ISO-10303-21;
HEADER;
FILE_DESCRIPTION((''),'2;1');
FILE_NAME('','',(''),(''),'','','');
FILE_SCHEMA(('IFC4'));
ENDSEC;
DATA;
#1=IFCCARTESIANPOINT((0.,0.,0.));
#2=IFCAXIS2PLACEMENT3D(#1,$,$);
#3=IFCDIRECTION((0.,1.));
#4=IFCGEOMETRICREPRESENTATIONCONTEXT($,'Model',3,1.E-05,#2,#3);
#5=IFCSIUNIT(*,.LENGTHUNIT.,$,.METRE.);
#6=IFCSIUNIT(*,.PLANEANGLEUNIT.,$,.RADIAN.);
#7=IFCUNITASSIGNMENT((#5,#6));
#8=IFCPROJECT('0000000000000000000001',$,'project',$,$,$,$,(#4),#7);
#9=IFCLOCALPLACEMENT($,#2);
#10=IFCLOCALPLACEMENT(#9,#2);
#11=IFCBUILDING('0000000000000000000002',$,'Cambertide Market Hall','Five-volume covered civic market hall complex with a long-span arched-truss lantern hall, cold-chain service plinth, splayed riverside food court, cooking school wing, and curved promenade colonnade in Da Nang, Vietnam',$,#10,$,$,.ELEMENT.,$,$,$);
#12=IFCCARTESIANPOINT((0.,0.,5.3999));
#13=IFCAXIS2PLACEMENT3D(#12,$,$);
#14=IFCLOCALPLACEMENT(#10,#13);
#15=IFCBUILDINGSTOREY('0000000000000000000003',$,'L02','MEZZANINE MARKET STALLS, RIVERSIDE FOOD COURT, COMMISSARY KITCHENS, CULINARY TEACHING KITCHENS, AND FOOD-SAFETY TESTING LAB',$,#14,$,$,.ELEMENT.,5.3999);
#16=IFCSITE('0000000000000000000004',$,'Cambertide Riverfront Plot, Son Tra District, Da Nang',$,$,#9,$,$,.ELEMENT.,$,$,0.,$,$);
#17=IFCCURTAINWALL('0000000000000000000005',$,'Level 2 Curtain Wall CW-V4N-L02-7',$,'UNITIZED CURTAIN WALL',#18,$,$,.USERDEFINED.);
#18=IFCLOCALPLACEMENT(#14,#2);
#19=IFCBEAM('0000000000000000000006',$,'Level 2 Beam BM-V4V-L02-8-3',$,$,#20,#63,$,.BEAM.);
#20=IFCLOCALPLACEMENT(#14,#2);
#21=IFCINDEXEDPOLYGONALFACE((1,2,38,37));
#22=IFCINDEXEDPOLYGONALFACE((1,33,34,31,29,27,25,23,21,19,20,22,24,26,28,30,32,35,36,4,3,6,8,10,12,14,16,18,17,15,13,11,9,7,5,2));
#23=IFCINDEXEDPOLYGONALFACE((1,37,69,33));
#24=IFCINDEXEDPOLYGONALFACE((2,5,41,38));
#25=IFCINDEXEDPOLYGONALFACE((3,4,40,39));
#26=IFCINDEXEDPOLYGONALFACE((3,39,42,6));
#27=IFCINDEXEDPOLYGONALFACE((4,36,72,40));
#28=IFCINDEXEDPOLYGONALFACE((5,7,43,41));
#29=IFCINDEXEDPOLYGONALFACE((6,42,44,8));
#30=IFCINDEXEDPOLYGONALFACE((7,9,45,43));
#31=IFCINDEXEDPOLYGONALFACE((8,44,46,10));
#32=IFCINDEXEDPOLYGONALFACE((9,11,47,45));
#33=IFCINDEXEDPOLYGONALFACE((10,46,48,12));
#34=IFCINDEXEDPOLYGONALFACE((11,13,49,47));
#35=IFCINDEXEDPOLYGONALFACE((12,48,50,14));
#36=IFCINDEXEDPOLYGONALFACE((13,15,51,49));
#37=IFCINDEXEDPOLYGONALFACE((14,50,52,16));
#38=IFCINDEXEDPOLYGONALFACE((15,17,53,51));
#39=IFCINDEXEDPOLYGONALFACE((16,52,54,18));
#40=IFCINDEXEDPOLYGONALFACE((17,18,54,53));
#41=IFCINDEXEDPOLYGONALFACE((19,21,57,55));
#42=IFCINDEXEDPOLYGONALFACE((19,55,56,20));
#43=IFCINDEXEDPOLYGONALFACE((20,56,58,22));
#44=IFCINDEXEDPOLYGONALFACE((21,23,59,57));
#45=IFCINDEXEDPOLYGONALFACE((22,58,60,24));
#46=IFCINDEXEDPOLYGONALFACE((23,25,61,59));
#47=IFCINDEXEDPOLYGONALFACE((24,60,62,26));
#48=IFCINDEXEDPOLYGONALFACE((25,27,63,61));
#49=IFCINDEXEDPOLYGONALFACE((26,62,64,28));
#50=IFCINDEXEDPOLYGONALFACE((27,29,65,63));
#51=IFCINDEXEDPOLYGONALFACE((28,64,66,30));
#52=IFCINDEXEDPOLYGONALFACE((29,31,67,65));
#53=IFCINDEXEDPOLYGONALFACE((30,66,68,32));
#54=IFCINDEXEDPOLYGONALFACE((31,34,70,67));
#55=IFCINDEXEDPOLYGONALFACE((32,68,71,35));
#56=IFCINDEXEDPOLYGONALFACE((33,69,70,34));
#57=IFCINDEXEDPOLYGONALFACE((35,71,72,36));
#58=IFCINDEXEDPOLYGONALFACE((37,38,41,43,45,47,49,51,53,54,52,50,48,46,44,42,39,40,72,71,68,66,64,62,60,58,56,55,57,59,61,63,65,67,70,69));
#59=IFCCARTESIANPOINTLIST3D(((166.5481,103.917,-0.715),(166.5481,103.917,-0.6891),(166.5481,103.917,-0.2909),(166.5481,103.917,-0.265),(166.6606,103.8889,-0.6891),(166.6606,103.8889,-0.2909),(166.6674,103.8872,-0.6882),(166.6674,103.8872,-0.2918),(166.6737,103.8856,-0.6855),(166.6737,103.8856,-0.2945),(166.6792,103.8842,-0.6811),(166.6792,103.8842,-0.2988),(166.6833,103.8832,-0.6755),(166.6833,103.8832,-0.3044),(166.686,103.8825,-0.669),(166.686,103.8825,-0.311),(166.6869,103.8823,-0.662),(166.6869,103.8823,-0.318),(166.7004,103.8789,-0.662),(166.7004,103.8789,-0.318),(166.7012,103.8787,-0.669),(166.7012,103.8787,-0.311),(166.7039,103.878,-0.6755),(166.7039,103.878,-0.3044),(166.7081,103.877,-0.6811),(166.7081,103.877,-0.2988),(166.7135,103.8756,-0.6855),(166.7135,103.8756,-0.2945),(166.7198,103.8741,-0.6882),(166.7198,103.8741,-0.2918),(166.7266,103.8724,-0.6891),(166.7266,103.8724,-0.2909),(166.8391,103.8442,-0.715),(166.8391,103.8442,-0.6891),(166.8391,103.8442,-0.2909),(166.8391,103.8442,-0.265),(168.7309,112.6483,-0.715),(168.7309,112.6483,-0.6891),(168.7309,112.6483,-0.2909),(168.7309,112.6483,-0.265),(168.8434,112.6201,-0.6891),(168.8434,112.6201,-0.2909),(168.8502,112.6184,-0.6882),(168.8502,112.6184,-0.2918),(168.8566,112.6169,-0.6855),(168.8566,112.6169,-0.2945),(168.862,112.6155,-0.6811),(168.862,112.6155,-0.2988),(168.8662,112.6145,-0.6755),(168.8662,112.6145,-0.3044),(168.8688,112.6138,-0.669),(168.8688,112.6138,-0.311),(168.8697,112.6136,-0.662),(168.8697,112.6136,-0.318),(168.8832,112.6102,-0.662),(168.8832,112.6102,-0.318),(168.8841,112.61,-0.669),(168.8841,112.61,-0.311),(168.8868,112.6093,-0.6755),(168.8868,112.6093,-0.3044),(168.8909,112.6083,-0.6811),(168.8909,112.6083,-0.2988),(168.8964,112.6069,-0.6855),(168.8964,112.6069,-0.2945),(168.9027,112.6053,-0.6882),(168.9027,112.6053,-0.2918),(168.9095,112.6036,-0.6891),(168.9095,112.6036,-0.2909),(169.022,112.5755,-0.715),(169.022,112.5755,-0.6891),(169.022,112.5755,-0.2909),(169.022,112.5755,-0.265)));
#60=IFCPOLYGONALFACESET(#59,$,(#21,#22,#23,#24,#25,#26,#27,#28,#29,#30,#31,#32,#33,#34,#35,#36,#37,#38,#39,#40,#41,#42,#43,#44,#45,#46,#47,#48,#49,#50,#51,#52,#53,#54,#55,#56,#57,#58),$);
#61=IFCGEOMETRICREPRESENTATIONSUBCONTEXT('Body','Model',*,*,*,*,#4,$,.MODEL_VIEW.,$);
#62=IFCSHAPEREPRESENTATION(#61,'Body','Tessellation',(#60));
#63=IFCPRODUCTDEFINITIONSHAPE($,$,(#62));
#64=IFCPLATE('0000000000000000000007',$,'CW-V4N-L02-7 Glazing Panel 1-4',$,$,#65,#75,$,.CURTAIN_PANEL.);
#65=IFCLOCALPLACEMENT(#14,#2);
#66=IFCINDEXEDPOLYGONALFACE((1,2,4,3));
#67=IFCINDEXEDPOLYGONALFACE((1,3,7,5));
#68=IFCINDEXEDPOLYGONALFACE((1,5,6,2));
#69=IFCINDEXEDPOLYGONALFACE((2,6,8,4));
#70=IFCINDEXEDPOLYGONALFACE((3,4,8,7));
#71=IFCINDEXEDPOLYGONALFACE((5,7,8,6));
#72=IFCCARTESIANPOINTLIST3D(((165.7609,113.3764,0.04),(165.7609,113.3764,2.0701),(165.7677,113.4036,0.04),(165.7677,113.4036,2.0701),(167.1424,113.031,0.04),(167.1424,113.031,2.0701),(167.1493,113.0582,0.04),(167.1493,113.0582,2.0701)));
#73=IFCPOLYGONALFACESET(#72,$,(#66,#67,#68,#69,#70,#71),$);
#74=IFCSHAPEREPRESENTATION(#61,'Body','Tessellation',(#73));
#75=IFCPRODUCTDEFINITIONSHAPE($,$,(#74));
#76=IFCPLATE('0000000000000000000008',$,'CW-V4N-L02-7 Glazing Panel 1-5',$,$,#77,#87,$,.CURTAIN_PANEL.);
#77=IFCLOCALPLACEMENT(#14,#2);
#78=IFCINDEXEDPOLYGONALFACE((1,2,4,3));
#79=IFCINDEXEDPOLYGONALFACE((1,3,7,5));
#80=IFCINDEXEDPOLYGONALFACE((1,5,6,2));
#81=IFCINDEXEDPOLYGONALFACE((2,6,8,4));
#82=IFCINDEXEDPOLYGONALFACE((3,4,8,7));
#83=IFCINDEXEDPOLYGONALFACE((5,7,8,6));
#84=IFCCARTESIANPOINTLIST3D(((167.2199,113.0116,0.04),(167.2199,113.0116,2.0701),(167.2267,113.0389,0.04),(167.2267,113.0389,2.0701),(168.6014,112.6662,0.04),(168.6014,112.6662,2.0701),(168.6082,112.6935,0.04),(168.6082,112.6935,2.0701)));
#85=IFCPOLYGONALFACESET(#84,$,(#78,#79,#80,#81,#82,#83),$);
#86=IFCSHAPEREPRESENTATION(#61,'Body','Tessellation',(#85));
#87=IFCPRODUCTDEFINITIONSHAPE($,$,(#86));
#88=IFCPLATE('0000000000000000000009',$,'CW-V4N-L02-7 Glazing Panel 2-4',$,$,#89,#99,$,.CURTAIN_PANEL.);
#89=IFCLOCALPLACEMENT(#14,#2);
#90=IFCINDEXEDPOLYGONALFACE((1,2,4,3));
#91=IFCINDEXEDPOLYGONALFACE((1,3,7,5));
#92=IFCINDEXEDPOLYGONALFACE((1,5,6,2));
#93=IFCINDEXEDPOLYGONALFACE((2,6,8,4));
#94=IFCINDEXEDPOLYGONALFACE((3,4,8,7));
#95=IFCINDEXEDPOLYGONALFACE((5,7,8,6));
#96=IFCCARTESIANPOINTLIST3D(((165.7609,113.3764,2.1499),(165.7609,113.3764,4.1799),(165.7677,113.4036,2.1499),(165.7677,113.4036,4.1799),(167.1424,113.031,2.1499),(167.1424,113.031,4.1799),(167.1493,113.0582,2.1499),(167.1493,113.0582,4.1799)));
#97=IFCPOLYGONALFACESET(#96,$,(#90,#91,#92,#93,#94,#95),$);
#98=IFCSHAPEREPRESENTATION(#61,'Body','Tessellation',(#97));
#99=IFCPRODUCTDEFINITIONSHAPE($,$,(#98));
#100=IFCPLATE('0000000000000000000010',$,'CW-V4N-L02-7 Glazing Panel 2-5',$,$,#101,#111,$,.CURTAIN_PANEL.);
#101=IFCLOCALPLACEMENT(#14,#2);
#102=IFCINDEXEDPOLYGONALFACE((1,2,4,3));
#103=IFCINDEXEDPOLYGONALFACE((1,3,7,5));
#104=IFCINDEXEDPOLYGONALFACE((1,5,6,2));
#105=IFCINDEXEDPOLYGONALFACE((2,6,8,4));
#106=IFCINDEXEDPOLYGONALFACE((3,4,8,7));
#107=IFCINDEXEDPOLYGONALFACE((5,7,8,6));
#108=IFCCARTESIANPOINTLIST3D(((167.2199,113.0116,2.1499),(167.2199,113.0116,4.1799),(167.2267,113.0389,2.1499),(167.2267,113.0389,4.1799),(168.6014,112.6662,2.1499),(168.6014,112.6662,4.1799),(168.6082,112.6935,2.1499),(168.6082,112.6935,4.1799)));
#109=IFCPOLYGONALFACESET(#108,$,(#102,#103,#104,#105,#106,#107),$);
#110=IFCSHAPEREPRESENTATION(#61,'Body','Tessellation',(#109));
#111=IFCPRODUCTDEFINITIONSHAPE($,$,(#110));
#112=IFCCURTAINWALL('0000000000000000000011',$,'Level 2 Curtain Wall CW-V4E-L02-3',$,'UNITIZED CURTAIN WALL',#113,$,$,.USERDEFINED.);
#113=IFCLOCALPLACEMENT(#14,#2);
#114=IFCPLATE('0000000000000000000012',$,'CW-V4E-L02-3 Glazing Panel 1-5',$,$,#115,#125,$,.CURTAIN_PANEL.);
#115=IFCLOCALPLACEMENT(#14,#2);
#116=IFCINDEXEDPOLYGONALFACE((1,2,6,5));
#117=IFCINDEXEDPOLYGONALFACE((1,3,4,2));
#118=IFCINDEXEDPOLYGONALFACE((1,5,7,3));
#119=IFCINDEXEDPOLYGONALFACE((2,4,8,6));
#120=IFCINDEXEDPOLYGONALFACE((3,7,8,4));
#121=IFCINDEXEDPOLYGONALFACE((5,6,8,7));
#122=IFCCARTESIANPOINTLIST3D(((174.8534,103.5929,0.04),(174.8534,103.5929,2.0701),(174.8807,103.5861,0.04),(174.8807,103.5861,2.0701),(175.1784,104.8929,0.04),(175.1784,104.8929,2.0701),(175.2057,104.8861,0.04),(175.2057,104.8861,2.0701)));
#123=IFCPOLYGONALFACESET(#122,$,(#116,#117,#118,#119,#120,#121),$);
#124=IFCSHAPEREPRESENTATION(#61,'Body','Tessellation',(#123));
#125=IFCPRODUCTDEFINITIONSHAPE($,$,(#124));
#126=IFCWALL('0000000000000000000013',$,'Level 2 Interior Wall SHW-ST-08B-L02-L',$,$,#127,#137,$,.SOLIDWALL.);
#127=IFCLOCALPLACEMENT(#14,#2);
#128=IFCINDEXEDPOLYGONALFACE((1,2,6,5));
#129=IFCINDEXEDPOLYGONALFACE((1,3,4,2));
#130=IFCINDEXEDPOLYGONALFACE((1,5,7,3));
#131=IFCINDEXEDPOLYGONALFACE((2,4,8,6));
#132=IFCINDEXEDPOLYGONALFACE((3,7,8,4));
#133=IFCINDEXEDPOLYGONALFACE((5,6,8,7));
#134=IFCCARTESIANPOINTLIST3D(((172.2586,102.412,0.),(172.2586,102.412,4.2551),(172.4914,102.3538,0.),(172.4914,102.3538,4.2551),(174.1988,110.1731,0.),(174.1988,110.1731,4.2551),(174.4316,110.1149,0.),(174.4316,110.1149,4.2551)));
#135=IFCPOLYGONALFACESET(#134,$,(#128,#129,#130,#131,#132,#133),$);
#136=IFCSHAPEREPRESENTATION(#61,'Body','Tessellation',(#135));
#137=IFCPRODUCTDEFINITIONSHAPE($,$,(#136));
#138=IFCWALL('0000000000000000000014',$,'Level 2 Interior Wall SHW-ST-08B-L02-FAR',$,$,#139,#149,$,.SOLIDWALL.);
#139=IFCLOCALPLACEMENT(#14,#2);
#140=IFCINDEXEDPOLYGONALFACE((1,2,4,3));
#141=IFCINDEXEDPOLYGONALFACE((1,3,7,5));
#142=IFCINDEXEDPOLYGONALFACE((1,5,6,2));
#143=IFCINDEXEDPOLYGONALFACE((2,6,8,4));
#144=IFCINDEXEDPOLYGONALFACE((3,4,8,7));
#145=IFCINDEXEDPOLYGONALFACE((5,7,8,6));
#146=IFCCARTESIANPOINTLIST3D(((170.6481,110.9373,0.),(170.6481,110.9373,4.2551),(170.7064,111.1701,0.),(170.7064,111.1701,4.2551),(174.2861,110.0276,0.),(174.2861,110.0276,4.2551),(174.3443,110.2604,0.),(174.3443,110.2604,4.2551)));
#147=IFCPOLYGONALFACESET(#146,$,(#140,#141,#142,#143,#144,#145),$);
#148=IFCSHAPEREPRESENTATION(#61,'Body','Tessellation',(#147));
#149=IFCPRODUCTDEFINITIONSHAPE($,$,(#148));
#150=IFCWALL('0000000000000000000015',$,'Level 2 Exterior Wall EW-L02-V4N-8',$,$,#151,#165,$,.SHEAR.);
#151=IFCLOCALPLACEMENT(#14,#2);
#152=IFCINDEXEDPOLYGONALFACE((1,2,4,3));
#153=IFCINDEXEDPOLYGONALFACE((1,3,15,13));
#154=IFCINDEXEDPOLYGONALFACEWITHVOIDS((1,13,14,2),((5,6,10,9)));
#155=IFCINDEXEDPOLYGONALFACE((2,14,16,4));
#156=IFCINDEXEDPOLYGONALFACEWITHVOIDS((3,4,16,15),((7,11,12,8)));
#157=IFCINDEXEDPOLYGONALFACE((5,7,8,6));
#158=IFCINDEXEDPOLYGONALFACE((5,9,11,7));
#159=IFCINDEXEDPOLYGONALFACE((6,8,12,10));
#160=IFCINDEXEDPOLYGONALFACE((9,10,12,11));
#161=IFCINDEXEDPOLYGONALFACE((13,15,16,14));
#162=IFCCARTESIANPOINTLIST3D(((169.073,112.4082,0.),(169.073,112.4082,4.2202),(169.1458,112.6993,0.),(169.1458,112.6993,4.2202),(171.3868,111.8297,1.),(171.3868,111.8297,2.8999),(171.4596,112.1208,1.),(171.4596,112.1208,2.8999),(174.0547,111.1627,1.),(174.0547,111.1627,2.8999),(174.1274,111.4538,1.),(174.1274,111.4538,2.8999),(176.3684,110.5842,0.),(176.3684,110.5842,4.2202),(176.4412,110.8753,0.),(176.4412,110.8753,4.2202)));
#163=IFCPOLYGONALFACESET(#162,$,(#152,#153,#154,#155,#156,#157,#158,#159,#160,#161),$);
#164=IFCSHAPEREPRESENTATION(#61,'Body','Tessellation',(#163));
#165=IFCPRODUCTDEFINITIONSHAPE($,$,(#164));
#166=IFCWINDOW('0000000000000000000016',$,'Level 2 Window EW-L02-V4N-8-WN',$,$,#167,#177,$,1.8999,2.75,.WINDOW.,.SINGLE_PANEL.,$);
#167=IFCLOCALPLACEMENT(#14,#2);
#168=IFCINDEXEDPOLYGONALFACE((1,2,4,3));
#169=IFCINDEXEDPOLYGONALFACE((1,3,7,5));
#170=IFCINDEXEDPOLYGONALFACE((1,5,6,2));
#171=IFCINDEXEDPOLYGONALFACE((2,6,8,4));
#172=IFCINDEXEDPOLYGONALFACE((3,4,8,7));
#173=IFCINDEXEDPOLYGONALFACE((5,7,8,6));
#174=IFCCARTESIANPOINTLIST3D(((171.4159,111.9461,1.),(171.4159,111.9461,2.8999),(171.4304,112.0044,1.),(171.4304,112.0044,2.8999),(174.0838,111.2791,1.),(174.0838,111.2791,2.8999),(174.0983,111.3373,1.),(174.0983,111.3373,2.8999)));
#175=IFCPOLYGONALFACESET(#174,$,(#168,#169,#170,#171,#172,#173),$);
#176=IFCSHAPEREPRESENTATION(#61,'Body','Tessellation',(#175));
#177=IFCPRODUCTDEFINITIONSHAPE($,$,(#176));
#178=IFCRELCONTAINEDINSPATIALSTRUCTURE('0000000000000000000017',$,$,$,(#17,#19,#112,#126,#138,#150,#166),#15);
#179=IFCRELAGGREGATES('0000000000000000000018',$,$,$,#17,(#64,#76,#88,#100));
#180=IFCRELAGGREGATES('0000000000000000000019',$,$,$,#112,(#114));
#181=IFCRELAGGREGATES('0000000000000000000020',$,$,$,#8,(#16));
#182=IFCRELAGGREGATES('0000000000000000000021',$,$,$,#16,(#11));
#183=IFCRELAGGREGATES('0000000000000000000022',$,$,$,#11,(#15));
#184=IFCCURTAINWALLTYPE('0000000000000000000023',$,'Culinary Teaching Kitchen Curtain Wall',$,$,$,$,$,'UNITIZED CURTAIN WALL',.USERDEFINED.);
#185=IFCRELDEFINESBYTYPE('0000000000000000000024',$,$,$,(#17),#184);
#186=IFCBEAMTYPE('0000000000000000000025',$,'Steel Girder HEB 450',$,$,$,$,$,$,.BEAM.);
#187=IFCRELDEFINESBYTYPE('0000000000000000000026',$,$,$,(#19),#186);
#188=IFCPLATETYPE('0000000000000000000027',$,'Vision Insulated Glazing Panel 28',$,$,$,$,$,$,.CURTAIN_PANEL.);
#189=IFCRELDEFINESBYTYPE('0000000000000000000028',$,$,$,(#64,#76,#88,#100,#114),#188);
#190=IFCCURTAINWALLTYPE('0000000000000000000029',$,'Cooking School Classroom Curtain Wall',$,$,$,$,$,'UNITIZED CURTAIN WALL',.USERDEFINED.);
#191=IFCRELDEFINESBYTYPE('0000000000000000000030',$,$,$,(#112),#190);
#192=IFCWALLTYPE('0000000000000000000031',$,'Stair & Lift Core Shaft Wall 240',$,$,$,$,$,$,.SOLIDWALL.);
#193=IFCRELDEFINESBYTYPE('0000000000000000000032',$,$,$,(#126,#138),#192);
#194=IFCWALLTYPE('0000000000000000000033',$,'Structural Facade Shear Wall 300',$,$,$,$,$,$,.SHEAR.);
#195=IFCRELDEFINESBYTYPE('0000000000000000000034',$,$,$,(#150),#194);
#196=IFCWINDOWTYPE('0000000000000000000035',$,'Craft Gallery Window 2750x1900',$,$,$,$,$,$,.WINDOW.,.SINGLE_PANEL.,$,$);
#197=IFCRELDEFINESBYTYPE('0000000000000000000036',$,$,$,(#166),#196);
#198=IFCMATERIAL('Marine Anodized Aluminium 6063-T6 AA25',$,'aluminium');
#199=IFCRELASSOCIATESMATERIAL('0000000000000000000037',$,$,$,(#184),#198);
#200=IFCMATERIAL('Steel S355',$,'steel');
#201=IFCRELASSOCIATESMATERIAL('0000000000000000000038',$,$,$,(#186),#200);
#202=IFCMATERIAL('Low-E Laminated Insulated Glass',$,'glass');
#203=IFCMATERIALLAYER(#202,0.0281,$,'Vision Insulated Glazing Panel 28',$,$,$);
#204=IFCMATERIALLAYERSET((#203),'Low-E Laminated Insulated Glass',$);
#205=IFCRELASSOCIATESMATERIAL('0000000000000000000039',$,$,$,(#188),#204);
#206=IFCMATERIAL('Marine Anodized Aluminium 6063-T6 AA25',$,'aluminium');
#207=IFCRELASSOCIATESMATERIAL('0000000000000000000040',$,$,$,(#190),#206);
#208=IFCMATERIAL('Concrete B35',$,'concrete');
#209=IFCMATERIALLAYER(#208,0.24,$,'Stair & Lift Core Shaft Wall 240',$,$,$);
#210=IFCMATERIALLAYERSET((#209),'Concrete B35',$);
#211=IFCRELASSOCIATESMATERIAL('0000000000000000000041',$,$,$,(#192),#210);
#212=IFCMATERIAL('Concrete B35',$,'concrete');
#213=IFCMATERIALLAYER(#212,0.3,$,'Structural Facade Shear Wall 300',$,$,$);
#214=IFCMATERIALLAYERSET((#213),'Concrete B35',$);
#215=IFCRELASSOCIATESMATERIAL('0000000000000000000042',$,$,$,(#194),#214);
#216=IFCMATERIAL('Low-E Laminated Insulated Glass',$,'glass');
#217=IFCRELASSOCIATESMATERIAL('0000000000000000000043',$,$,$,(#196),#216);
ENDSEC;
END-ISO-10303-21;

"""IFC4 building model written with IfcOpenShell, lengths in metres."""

from ifc_helpers import new_model, si_unit, direction, frame, frame_2d, origin, origin_2d, place, context, subcontext, project, spatial, rectangle, i_section, extrude, material, layer, layer_set, material_profile, profile_set, type_object, element, fill, aggregate, save


model = new_model("IFC4")

# Units and contexts
model_context = context("Model", 3, precision=1e-05, world=origin(), true_north=direction((0.0, 1.0)))
body_context = subcontext(model_context, "Body", "Model", "MODEL_VIEW")
ifc_project = project(units=[si_unit("LENGTHUNIT", "METRE"), si_unit("PLANEANGLEUNIT", "RADIAN")], contexts=[model_context])

# Site, building, storey
site_placement = place(None, origin())
site = spatial("IfcSite", under=ifc_project, at=site_placement, Name="Cambertide Riverfront Plot, Son Tra District, Da Nang", CompositionType="ELEMENT", RefElevation=0.0)
building_placement = place(site_placement, origin())
building = spatial("IfcBuilding", under=site, at=building_placement, Name="Cambertide Market Hall", Description="Five-volume covered civic market hall complex with a long-span arched-truss lantern hall, cold-chain service plinth, splayed riverside food court, cooking school wing, and curved promenade colonnade in Da Nang, Vietnam", CompositionType="ELEMENT")
storey_placement = place(building_placement, frame((0.0, 0.0, 5.3999)))
storey = spatial("IfcBuildingStorey", under=building, at=storey_placement, Name="L02", Description="MEZZANINE MARKET STALLS, RIVERSIDE FOOD COURT, COMMISSARY KITCHENS, CULINARY TEACHING KITCHENS, AND FOOD-SAFETY TESTING LAB", CompositionType="ELEMENT", Elevation=5.3999)

# Curtain wall
ifc_material_1 = material(Name="Marine Anodized Aluminium 6063-T6 AA25", Category="aluminium")
curtain_wall_type_1 = type_object("IfcCurtainWallType", Name="Culinary Teaching Kitchen Curtain Wall", ElementType="UNITIZED CURTAIN WALL", PredefinedType="USERDEFINED", material=ifc_material_1)
curtain_wall_1_placement = place(storey_placement, origin())
curtain_wall_1 = element("IfcCurtainWall", 1, at=curtain_wall_1_placement, inside=storey, type_object=curtain_wall_type_1, Name="Level 2 Curtain Wall CW-V4N-L02-7", ObjectType="UNITIZED CURTAIN WALL", PredefinedType="USERDEFINED")

# Beam
ifc_material_2 = material(Name="Steel S355", Category="steel")
ifc_material_profile_1 = material_profile(ifc_material_2, i_section(OverallWidth=0.3, OverallDepth=0.45, WebThickness=0.0139, FlangeThickness=0.0259, FilletRadius=0.0271, at=origin_2d()), Name="HEB 450")
ifc_profile_set_1 = profile_set([ifc_material_profile_1], Name="Steel S355")
beam_type_1 = type_object("IfcBeamType", Name="Steel Girder HEB 450", PredefinedType="BEAM", material=ifc_profile_set_1)
beam_1_placement = place(storey_placement, frame((166.6936, 103.8806, -0.49), z_axis=(0.242542, 0.970141, 0.0), x_axis=(-0.970141, 0.242542, 0.0)))
element("IfcBeam", 2, at=beam_1_placement, inside=storey, type_object=beam_type_1, Name="Level 2 Beam BM-V4V-L02-8-3", PredefinedType="BEAM", context=body_context, shape_type="SweptSolid", body=[
    extrude(i_section(OverallWidth=0.3, OverallDepth=0.45, WebThickness=0.0139, FlangeThickness=0.0259, FilletRadius=0.0271, at=origin_2d()), origin(), (0.0, 0.0, 1.0), 9.0),
])

# Plates
ifc_material_3 = material(Name="Low-E Laminated Insulated Glass", Category="glass")
ifc_layer_1 = layer(ifc_material_3, 0.0281, Name="Vision Insulated Glazing Panel 28")
ifc_layer_set_1 = layer_set([ifc_layer_1], Name="Low-E Laminated Insulated Glass")
plate_type = type_object("IfcPlateType", Name="Vision Insulated Glazing Panel 28", PredefinedType="CURTAIN_PANEL", material=ifc_layer_set_1)
plate_1_placement = place(storey_placement, frame((166.4551, 113.2173, 0.04), z_axis=(0.0, 0.0, 1.0), x_axis=(0.970143, -0.242536, 0.0)))
plate_1 = element("IfcPlate", 3, at=plate_1_placement, type_object=plate_type, Name="CW-V4N-L02-7 Glazing Panel 1-4", PredefinedType="CURTAIN_PANEL", context=body_context, shape_type="SweptSolid", body=[
    extrude(rectangle(XDim=1.4241, YDim=0.0281, at=origin_2d()), origin(), (0.0, 0.0, 1.0), 2.03),
])
plate_2_placement = place(storey_placement, frame((167.9141, 112.8525, 0.04), z_axis=(0.0, 0.0, 1.0), x_axis=(0.970143, -0.242536, 0.0)))
plate_2 = element("IfcPlate", 4, at=plate_2_placement, type_object=plate_type, Name="CW-V4N-L02-7 Glazing Panel 1-5", PredefinedType="CURTAIN_PANEL", context=body_context, shape_type="SweptSolid", body=[
    extrude(rectangle(XDim=1.4241, YDim=0.0281, at=origin_2d()), origin(), (0.0, 0.0, 1.0), 2.03),
])
plate_3_placement = place(storey_placement, frame((166.4551, 113.2173, 2.1499), z_axis=(0.0, 0.0, 1.0), x_axis=(0.970143, -0.242536, 0.0)))
plate_3 = element("IfcPlate", 5, at=plate_3_placement, type_object=plate_type, Name="CW-V4N-L02-7 Glazing Panel 2-4", PredefinedType="CURTAIN_PANEL", context=body_context, shape_type="SweptSolid", body=[
    extrude(rectangle(XDim=1.4241, YDim=0.0281, at=origin_2d()), origin(), (0.0, 0.0, 1.0), 2.03),
])
plate_4_placement = place(storey_placement, frame((167.9141, 112.8525, 2.1499), z_axis=(0.0, 0.0, 1.0), x_axis=(0.970143, -0.242536, 0.0)))
plate_4 = element("IfcPlate", 6, at=plate_4_placement, type_object=plate_type, Name="CW-V4N-L02-7 Glazing Panel 2-5", PredefinedType="CURTAIN_PANEL", context=body_context, shape_type="SweptSolid", body=[
    extrude(rectangle(XDim=1.4241, YDim=0.0281, at=origin_2d()), origin(), (0.0, 0.0, 1.0), 2.03),
])
aggregate(curtain_wall_1, [plate_1, plate_2, plate_3, plate_4])

# Curtain wall, plate
ifc_material_4 = material(Name="Marine Anodized Aluminium 6063-T6 AA25", Category="aluminium")
curtain_wall_type_2 = type_object("IfcCurtainWallType", Name="Cooking School Classroom Curtain Wall", ElementType="UNITIZED CURTAIN WALL", PredefinedType="USERDEFINED", material=ifc_material_4)
curtain_wall_2_placement = place(storey_placement, origin())
curtain_wall_2 = element("IfcCurtainWall", 7, at=curtain_wall_2_placement, inside=storey, type_object=curtain_wall_type_2, Name="Level 2 Curtain Wall CW-V4E-L02-3", ObjectType="UNITIZED CURTAIN WALL", PredefinedType="USERDEFINED")
plate_5_placement = place(storey_placement, frame((175.0295, 104.2395, 0.04), z_axis=(0.0, 0.0, 1.0), x_axis=(-0.242536, -0.970143, 0.0)))
plate_5 = element("IfcPlate", 8, at=plate_5_placement, type_object=plate_type, Name="CW-V4E-L02-3 Glazing Panel 1-5", PredefinedType="CURTAIN_PANEL", context=body_context, shape_type="SweptSolid", body=[
    extrude(rectangle(XDim=1.3401, YDim=0.0281, at=origin_2d()), origin(), (0.0, 0.0, 1.0), 2.03),
])
aggregate(curtain_wall_2, [plate_5])

# Walls
ifc_material_5 = material(Name="Concrete B35", Category="concrete")
ifc_layer_2 = layer(ifc_material_5, 0.24, Name="Stair & Lift Core Shaft Wall 240")
ifc_layer_set_2 = layer_set([ifc_layer_2], Name="Concrete B35")
wall_type_1 = type_object("IfcWallType", Name="Stair & Lift Core Shaft Wall 240", PredefinedType="SOLIDWALL", material=ifc_layer_set_2)
wall_1_placement = place(storey_placement, frame((174.3152, 110.144, 0.0), z_axis=(0.0, 0.0, 1.0), x_axis=(-0.242521, -0.970146, 0.0)))
element("IfcWall", 9, at=wall_1_placement, inside=storey, type_object=wall_type_1, Name="Level 2 Interior Wall SHW-ST-08B-L02-L", PredefinedType="SOLIDWALL", context=body_context, shape_type="SweptSolid", body=[
    extrude(rectangle(XDim=8.0, YDim=0.24, at=frame_2d((4.0, 0.0))), origin(), (0.0, 0.0, 1.0), 4.2551),
])
wall_2_placement = place(storey_placement, frame((170.6772, 111.0537, 0.0), z_axis=(0.0, 0.0, 1.0), x_axis=(0.970131, -0.242582, 0.0)))
element("IfcWall", 10, at=wall_2_placement, inside=storey, type_object=wall_type_1, Name="Level 2 Interior Wall SHW-ST-08B-L02-FAR", PredefinedType="SOLIDWALL", context=body_context, shape_type="SweptSolid", body=[
    extrude(rectangle(XDim=3.75, YDim=0.24, at=frame_2d((1.875, 0.0))), origin(), (0.0, 0.0, 1.0), 4.2551),
])

# Wall, opening, window
ifc_material_6 = material(Name="Concrete B35", Category="concrete")
ifc_layer_3 = layer(ifc_material_6, 0.3, Name="Structural Facade Shear Wall 300")
ifc_layer_set_3 = layer_set([ifc_layer_3], Name="Concrete B35")
wall_type_2 = type_object("IfcWallType", Name="Structural Facade Shear Wall 300", PredefinedType="SHEAR", material=ifc_layer_set_3)
wall_3_placement = place(storey_placement, frame((169.1094, 112.5537, 0.0), z_axis=(0.0, 0.0, 1.0), x_axis=(0.970139, -0.242551, 0.0)))
wall_3 = element("IfcWall", 11, at=wall_3_placement, inside=storey, type_object=wall_type_2, Name="Level 2 Exterior Wall EW-L02-V4N-8", PredefinedType="SHEAR", context=body_context, shape_type="SweptSolid", body=[
    extrude(rectangle(XDim=7.52, YDim=0.3, at=frame_2d((3.76, 0.0))), origin(), (0.0, 0.0, 1.0), 4.2202),
])
opening_placement = place(wall_3_placement, frame((2.385, 0.0, 1.0)))
opening = element("IfcOpeningElement", 12, at=opening_placement, cuts=wall_3, PredefinedType="OPENING", context=body_context, shape_type="SweptSolid", body=[
    extrude(rectangle(XDim=2.75, YDim=1.8999, at=frame_2d((1.375, 0.95))), frame((0.0, 0.1599, 0.0), z_axis=(0.0, -1.0, 0.0), x_axis=(1.0, 0.0, 0.0)), (0.0, 0.0, 1.0), 0.3201),
])
ifc_material_7 = material(Name="Low-E Laminated Insulated Glass", Category="glass")
window_type = type_object("IfcWindowType", Name="Craft Gallery Window 2750x1900", PartitioningType="SINGLE_PANEL", PredefinedType="WINDOW", material=ifc_material_7)
window_placement = place(opening_placement, origin())
window = element("IfcWindow", 13, at=window_placement, inside=storey, type_object=window_type, Name="Level 2 Window EW-L02-V4N-8-WN", OverallHeight=1.8999, OverallWidth=2.75, PartitioningType="SINGLE_PANEL", PredefinedType="WINDOW", context=body_context, shape_type="SweptSolid", body=[
    extrude(rectangle(XDim=2.75, YDim=1.8999, at=frame_2d((1.375, 0.95))), frame((0.0, 0.03, 0.0), z_axis=(0.0, -1.0, 0.0), x_axis=(1.0, 0.0, 0.0)), (0.0, 0.0, 1.0), 0.0601),
])
fill(opening, window)

save(model, "model.ifc")
